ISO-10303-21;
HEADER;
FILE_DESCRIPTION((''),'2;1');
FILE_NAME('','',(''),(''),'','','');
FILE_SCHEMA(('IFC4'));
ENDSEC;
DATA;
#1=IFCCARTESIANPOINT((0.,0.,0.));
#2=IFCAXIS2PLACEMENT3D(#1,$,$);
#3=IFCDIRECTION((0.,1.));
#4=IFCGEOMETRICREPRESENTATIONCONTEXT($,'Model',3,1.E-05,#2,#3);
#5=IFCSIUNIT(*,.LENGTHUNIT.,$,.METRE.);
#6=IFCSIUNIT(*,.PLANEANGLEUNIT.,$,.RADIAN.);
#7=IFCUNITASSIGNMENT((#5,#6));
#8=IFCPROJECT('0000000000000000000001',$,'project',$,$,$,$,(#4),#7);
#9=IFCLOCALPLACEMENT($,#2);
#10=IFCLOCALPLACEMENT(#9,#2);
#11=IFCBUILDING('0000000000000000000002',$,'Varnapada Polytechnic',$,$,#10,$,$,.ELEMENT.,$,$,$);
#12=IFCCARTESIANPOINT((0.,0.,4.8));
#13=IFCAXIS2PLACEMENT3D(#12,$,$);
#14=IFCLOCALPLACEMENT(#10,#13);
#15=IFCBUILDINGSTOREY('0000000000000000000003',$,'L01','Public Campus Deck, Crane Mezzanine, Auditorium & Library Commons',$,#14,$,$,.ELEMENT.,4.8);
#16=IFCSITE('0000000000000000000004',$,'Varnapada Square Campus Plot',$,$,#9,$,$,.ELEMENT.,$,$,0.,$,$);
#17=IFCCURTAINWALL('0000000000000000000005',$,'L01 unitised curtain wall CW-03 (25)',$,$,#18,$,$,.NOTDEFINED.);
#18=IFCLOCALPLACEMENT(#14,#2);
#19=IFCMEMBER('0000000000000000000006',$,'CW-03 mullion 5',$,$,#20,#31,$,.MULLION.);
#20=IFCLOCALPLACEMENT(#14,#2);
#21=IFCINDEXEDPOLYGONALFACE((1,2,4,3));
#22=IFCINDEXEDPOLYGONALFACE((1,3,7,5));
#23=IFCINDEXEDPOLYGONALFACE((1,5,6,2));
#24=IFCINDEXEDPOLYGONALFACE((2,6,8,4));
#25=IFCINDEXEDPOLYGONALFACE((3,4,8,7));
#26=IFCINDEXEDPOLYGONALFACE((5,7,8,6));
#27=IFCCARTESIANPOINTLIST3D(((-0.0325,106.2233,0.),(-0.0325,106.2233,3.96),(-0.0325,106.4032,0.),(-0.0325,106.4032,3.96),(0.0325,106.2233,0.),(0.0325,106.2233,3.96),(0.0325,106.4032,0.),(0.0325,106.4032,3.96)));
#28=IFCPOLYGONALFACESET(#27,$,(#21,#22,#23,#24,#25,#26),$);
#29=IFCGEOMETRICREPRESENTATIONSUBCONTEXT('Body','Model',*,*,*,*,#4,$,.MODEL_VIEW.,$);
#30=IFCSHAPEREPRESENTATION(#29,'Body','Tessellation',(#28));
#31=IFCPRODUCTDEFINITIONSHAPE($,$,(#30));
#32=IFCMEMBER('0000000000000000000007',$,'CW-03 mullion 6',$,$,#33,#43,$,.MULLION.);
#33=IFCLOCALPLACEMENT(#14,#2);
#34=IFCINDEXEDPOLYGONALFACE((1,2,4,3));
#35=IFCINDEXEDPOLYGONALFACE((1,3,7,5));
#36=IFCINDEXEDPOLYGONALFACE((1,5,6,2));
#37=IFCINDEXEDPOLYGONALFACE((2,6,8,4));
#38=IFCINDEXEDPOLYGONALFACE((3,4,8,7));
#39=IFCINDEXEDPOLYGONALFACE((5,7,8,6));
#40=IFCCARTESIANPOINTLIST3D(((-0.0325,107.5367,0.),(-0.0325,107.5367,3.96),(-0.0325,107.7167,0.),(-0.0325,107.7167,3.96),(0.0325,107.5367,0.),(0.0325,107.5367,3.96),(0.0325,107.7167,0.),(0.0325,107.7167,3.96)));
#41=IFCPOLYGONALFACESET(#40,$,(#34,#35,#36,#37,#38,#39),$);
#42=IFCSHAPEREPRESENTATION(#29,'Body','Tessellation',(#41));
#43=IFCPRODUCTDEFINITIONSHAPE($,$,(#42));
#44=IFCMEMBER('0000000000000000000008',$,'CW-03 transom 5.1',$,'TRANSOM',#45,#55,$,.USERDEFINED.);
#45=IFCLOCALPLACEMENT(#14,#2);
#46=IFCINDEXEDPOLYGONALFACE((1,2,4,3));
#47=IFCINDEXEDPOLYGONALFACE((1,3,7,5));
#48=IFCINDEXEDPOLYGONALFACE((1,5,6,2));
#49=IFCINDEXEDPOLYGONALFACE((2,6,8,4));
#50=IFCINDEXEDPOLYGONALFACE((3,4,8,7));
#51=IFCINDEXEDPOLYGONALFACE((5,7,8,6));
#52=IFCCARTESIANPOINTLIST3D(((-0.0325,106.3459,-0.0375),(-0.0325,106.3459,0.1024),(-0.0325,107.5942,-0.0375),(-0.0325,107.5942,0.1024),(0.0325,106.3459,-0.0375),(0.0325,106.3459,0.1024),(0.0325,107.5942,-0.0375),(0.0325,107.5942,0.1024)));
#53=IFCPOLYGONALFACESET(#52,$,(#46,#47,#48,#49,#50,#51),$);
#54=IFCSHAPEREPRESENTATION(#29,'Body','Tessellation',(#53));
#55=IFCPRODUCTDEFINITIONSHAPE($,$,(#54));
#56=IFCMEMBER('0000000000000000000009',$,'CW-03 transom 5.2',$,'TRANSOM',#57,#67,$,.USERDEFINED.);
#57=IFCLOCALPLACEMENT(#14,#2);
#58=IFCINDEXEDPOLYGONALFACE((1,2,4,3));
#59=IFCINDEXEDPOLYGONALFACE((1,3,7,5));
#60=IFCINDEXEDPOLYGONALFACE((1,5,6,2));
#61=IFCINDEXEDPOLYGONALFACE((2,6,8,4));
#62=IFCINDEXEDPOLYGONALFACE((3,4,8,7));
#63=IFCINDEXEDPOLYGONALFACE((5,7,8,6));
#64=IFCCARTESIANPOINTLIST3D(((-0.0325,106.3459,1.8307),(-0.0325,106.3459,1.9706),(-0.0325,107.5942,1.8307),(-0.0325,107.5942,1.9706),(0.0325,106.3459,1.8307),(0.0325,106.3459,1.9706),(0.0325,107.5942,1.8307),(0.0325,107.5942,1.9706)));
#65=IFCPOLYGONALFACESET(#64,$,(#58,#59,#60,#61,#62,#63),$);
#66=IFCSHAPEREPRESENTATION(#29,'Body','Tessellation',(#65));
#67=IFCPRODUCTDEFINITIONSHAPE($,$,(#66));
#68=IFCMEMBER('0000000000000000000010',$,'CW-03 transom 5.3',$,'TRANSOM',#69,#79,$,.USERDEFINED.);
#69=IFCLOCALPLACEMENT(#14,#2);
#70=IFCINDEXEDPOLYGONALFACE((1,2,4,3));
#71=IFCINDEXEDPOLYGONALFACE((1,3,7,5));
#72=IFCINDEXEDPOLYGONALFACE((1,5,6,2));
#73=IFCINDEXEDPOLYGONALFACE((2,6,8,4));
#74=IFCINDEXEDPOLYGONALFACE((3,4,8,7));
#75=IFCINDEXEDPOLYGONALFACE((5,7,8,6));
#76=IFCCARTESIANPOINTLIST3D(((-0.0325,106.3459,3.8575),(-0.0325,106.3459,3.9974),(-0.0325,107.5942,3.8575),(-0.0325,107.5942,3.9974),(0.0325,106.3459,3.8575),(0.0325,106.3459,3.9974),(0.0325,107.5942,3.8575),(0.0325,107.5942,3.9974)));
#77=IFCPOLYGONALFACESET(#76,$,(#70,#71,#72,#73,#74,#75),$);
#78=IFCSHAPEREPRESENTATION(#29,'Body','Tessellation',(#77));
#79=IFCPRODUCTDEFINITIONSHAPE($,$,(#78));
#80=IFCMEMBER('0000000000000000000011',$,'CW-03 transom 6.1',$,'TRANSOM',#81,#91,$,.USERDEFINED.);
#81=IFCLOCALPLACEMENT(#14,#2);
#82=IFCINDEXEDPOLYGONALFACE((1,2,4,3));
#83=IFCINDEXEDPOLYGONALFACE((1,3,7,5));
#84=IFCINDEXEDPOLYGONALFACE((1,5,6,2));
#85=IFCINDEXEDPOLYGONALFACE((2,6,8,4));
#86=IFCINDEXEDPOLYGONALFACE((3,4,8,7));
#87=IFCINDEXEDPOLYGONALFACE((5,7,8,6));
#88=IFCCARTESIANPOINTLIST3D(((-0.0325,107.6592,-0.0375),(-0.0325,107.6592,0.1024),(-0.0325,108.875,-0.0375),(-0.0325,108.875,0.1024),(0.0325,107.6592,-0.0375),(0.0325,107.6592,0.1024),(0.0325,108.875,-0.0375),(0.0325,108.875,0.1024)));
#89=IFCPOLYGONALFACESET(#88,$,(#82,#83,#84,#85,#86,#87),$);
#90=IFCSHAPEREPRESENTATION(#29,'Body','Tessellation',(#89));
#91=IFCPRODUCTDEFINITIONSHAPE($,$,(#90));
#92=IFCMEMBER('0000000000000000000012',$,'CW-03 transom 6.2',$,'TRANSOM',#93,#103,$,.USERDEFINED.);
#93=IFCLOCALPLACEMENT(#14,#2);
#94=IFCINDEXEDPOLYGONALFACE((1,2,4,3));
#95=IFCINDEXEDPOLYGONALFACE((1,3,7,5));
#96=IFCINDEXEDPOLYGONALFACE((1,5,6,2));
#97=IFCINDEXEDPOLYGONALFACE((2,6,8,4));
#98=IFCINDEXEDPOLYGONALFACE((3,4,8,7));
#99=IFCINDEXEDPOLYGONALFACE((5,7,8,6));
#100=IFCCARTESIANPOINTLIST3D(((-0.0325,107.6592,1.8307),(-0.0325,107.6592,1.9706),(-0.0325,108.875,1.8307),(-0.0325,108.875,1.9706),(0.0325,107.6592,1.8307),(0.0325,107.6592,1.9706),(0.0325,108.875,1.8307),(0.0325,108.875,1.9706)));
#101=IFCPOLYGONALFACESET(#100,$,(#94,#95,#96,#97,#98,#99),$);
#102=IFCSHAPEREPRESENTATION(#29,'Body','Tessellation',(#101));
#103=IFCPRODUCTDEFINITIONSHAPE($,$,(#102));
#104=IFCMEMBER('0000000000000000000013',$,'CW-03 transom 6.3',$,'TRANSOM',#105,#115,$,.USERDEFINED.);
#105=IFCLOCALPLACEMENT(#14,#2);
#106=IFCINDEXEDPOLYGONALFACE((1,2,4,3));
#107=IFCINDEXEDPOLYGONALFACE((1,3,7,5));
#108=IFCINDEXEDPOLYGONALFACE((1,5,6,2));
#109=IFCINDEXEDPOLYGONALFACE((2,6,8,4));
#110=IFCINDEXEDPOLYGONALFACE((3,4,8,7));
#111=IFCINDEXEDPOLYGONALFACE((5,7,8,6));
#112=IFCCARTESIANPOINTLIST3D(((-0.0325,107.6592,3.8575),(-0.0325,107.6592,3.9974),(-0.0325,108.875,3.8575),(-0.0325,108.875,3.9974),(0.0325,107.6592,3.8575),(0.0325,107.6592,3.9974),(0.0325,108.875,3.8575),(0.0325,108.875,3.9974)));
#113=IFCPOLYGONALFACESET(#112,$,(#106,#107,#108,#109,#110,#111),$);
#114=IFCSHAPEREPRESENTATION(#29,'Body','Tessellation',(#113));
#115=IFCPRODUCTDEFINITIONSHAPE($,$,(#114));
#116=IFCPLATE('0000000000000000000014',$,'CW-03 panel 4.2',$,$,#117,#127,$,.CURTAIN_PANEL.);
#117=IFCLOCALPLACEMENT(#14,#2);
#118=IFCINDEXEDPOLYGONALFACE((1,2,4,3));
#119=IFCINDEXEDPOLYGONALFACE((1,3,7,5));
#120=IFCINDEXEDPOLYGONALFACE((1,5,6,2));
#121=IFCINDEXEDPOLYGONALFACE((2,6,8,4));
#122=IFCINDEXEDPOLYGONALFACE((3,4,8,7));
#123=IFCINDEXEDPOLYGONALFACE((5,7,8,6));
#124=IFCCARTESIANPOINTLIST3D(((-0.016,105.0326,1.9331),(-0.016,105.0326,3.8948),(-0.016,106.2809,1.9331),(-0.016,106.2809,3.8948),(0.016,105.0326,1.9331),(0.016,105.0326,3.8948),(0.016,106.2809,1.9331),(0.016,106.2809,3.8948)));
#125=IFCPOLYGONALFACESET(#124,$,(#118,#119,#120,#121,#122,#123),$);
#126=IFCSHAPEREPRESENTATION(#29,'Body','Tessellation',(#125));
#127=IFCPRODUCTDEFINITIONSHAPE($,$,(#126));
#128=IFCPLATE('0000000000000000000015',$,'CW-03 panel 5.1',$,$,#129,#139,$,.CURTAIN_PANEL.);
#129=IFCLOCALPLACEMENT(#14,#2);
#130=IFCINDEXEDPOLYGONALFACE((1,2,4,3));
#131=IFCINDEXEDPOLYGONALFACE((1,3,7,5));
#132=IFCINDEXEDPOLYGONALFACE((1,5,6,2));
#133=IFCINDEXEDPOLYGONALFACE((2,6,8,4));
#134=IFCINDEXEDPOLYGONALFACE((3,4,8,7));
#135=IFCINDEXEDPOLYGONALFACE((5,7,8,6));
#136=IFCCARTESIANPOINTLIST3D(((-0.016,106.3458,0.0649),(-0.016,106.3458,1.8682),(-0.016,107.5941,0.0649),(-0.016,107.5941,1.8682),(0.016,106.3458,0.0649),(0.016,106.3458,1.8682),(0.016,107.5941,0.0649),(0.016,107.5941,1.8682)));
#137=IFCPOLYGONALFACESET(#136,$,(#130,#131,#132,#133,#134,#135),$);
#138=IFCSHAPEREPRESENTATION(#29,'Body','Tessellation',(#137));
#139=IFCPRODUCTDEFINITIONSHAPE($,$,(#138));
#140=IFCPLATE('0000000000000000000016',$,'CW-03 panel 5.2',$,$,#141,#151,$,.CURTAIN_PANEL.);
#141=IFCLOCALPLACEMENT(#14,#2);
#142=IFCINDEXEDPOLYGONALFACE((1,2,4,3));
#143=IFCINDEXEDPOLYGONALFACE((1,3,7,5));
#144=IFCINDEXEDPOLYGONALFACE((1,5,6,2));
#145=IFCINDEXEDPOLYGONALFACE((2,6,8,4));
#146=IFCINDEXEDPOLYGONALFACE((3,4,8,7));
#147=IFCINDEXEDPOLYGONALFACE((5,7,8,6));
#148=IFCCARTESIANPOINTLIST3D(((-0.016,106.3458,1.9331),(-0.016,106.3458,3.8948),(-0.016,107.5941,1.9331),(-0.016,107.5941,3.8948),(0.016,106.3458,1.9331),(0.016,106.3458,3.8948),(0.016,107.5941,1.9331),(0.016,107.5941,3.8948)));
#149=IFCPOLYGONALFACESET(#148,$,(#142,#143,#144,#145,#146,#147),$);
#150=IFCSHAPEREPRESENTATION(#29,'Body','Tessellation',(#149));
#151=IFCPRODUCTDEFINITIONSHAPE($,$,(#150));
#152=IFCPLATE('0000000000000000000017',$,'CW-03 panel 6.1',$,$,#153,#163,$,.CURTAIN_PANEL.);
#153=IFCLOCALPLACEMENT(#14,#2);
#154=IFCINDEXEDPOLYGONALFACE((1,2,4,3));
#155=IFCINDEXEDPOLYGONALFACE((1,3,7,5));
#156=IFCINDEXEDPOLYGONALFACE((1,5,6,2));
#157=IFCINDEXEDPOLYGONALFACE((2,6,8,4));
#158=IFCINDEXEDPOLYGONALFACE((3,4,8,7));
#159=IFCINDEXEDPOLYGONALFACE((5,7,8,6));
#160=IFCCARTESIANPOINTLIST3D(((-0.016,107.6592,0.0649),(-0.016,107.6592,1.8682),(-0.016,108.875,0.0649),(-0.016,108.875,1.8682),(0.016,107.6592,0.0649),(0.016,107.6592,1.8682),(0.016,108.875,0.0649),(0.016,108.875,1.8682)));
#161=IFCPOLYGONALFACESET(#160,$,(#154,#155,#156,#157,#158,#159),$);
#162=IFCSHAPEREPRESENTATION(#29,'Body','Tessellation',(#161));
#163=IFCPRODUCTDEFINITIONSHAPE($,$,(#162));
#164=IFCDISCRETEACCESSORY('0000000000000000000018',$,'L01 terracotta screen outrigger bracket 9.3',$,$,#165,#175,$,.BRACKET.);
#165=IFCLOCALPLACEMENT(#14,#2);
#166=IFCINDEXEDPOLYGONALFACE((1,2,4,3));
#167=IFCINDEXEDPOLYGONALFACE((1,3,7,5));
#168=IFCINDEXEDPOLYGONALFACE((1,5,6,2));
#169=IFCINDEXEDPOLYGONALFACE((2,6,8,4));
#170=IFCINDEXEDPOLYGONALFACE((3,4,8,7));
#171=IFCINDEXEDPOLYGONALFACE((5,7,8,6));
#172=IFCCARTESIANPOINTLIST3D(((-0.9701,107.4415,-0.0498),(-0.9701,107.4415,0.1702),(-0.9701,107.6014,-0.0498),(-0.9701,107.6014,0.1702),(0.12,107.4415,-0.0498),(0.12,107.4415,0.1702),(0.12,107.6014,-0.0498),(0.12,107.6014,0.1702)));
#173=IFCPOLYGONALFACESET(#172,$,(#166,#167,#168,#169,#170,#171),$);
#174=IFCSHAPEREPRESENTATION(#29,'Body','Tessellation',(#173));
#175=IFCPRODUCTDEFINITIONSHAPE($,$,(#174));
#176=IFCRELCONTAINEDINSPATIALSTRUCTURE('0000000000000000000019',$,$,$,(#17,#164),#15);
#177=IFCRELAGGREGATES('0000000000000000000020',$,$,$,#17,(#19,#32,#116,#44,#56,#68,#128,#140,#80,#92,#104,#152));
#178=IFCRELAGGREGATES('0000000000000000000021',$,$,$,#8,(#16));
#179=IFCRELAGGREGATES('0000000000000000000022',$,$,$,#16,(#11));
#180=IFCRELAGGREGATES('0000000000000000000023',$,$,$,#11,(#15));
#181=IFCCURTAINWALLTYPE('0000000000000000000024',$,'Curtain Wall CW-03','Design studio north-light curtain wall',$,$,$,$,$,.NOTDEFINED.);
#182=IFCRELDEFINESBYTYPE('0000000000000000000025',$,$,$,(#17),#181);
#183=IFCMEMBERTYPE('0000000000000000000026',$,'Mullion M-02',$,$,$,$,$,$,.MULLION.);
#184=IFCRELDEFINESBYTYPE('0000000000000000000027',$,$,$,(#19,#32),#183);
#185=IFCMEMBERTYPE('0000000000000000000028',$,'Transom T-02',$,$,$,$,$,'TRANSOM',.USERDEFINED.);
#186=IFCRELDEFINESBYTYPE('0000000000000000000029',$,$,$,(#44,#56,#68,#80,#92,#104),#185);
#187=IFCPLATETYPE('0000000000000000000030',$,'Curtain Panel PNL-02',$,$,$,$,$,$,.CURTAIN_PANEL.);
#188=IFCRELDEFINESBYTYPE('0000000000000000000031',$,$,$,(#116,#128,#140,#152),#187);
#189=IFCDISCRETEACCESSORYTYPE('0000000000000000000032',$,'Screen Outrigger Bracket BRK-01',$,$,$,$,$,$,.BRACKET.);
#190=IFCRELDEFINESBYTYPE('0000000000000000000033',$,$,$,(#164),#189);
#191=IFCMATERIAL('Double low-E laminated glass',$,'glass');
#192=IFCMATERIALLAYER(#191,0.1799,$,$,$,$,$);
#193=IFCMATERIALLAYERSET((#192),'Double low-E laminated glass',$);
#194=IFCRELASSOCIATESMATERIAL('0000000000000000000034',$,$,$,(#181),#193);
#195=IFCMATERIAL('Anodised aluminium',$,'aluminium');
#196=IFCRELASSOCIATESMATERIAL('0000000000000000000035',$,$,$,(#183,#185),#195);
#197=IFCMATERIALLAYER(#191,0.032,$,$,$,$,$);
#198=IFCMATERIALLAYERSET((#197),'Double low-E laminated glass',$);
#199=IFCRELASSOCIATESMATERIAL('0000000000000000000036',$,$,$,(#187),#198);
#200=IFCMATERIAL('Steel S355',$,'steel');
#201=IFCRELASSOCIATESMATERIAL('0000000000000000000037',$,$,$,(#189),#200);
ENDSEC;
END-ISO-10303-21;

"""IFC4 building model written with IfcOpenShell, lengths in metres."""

from ifc_helpers import new_model, si_unit, direction, frame, origin, origin_2d, place, context, subcontext, project, spatial, rectangle, extrude, material, layer, layer_set, material_profile, profile_set, type_object, element, aggregate, save


model = new_model("IFC4")

# Units and contexts
model_context = context("Model", 3, precision=1e-05, world=origin(), true_north=direction((0.0, 1.0)))
body_context = subcontext(model_context, "Body", "Model", "MODEL_VIEW")
ifc_project = project(units=[si_unit("LENGTHUNIT", "METRE"), si_unit("PLANEANGLEUNIT", "RADIAN")], contexts=[model_context])

# Site, building, storey
site_placement = place(None, origin())
site = spatial("IfcSite", under=ifc_project, at=site_placement, Name="Varnapada Square Campus Plot", CompositionType="ELEMENT", RefElevation=0.0)
building_placement = place(site_placement, origin())
building = spatial("IfcBuilding", under=site, at=building_placement, Name="Varnapada Polytechnic", CompositionType="ELEMENT")
storey_placement = place(building_placement, frame((0.0, 0.0, 4.8)))
storey = spatial("IfcBuildingStorey", under=building, at=storey_placement, Name="L01", Description="Public Campus Deck, Crane Mezzanine, Auditorium & Library Commons", CompositionType="ELEMENT", Elevation=4.8)

# Curtain wall, members, plates
ifc_material_1 = material(Name="Double low-E laminated glass", Category="glass")
ifc_layer_1 = layer(ifc_material_1, 0.1799)
ifc_layer_set_1 = layer_set([ifc_layer_1], Name="Double low-E laminated glass")
curtain_wall_type = type_object("IfcCurtainWallType", Name="Curtain Wall CW-03", Description="Design studio north-light curtain wall", PredefinedType="NOTDEFINED", material=ifc_layer_set_1)
curtain_wall_placement = place(storey_placement, origin())
curtain_wall = element("IfcCurtainWall", 1, at=curtain_wall_placement, inside=storey, type_object=curtain_wall_type, Name="L01 unitised curtain wall CW-03 (25)", PredefinedType="NOTDEFINED")
ifc_material_2 = material(Name="Anodised aluminium", Category="aluminium")
ifc_material_profile_1 = material_profile(ifc_material_2, rectangle(XDim=0.0649, YDim=0.1799, at=origin_2d()), Name="ALU M65x180")
ifc_profile_set_1 = profile_set([ifc_material_profile_1], Name="Anodised aluminium")
member_type_1 = type_object("IfcMemberType", Name="Mullion M-02", PredefinedType="MULLION", material=ifc_profile_set_1)
member_1_placement = place(storey_placement, frame((0.0, 106.3132, 0.0), z_axis=(0.0, 0.0, 1.0), x_axis=(-1.0, 0.0, 0.0)))
member_1 = element("IfcMember", 2, at=member_1_placement, type_object=member_type_1, Name="CW-03 mullion 5", PredefinedType="MULLION", context=body_context, shape_type="SweptSolid", body=[
    extrude(rectangle(XDim=0.0649, YDim=0.1799, at=origin_2d()), origin(), (0.0, 0.0, 1.0), 3.96),
])
member_2_placement = place(storey_placement, frame((0.0, 107.6267, 0.0), z_axis=(0.0, 0.0, 1.0), x_axis=(-1.0, 0.0, 0.0)))
member_2 = element("IfcMember", 3, at=member_2_placement, type_object=member_type_1, Name="CW-03 mullion 6", PredefinedType="MULLION", context=body_context, shape_type="SweptSolid", body=[
    extrude(rectangle(XDim=0.0649, YDim=0.1799, at=origin_2d()), origin(), (0.0, 0.0, 1.0), 3.96),
])
ifc_material_profile_2 = material_profile(ifc_material_2, rectangle(XDim=0.0649, YDim=0.1399, at=origin_2d()), Name="ALU T65x140")
ifc_profile_set_2 = profile_set([ifc_material_profile_2], Name="Anodised aluminium")
member_type_2 = type_object("IfcMemberType", Name="Transom T-02", ElementType="TRANSOM", PredefinedType="USERDEFINED", material=ifc_profile_set_2)
member_3_placement = place(storey_placement, frame((0.0, 106.3459, 0.0325), z_axis=(0.0, 1.0, 0.0), x_axis=(-1.0, 0.0, 0.0)))
member_3 = element("IfcMember", 4, at=member_3_placement, type_object=member_type_2, Name="CW-03 transom 5.1", ObjectType="TRANSOM", PredefinedType="USERDEFINED", context=body_context, shape_type="SweptSolid", body=[
    extrude(rectangle(XDim=0.0649, YDim=0.1399, at=origin_2d()), origin(), (0.0, 0.0, 1.0), 1.2483),
])
member_4_placement = place(storey_placement, frame((0.0, 106.3459, 1.9006), z_axis=(0.0, 1.0, 0.0), x_axis=(-1.0, 0.0, 0.0)))
member_4 = element("IfcMember", 5, at=member_4_placement, type_object=member_type_2, Name="CW-03 transom 5.2", ObjectType="TRANSOM", PredefinedType="USERDEFINED", context=body_context, shape_type="SweptSolid", body=[
    extrude(rectangle(XDim=0.0649, YDim=0.1399, at=origin_2d()), origin(), (0.0, 0.0, 1.0), 1.2483),
])
member_5_placement = place(storey_placement, frame((0.0, 106.3459, 3.9275), z_axis=(0.0, 1.0, 0.0), x_axis=(-1.0, 0.0, 0.0)))
member_5 = element("IfcMember", 6, at=member_5_placement, type_object=member_type_2, Name="CW-03 transom 5.3", ObjectType="TRANSOM", PredefinedType="USERDEFINED", context=body_context, shape_type="SweptSolid", body=[
    extrude(rectangle(XDim=0.0649, YDim=0.1399, at=origin_2d()), origin(), (0.0, 0.0, 1.0), 1.2483),
])
member_6_placement = place(storey_placement, frame((0.0, 107.6592, 0.0325), z_axis=(0.0, 1.0, 0.0), x_axis=(-1.0, 0.0, 0.0)))
member_6 = element("IfcMember", 7, at=member_6_placement, type_object=member_type_2, Name="CW-03 transom 6.1", ObjectType="TRANSOM", PredefinedType="USERDEFINED", context=body_context, shape_type="SweptSolid", body=[
    extrude(rectangle(XDim=0.0649, YDim=0.1399, at=origin_2d()), origin(), (0.0, 0.0, 1.0), 1.2158),
])
member_7_placement = place(storey_placement, frame((0.0, 107.6592, 1.9006), z_axis=(0.0, 1.0, 0.0), x_axis=(-1.0, 0.0, 0.0)))
member_7 = element("IfcMember", 8, at=member_7_placement, type_object=member_type_2, Name="CW-03 transom 6.2", ObjectType="TRANSOM", PredefinedType="USERDEFINED", context=body_context, shape_type="SweptSolid", body=[
    extrude(rectangle(XDim=0.0649, YDim=0.1399, at=origin_2d()), origin(), (0.0, 0.0, 1.0), 1.2158),
])
member_8_placement = place(storey_placement, frame((0.0, 107.6592, 3.9275), z_axis=(0.0, 1.0, 0.0), x_axis=(-1.0, 0.0, 0.0)))
member_8 = element("IfcMember", 9, at=member_8_placement, type_object=member_type_2, Name="CW-03 transom 6.3", ObjectType="TRANSOM", PredefinedType="USERDEFINED", context=body_context, shape_type="SweptSolid", body=[
    extrude(rectangle(XDim=0.0649, YDim=0.1399, at=origin_2d()), origin(), (0.0, 0.0, 1.0), 1.2158),
])
ifc_layer_2 = layer(ifc_material_1, 0.032)
ifc_layer_set_2 = layer_set([ifc_layer_2], Name="Double low-E laminated glass")
plate_type = type_object("IfcPlateType", Name="Curtain Panel PNL-02", PredefinedType="CURTAIN_PANEL", material=ifc_layer_set_2)
plate_1_placement = place(storey_placement, frame((0.0, 105.6567, 1.9331), z_axis=(0.0, 0.0, 1.0), x_axis=(0.0, 1.0, 0.0)))
plate_1 = element("IfcPlate", 10, at=plate_1_placement, type_object=plate_type, Name="CW-03 panel 4.2", PredefinedType="CURTAIN_PANEL", context=body_context, shape_type="SweptSolid", body=[
    extrude(rectangle(XDim=1.2483, YDim=0.032, at=origin_2d()), origin(), (0.0, 0.0, 1.0), 1.9617),
])
plate_2_placement = place(storey_placement, frame((0.0, 106.97, 0.0649), z_axis=(0.0, 0.0, 1.0), x_axis=(0.0, 1.0, 0.0)))
plate_2 = element("IfcPlate", 11, at=plate_2_placement, type_object=plate_type, Name="CW-03 panel 5.1", PredefinedType="CURTAIN_PANEL", context=body_context, shape_type="SweptSolid", body=[
    extrude(rectangle(XDim=1.2483, YDim=0.032, at=origin_2d()), origin(), (0.0, 0.0, 1.0), 1.8032),
])
plate_3_placement = place(storey_placement, frame((0.0, 106.97, 1.9331), z_axis=(0.0, 0.0, 1.0), x_axis=(0.0, 1.0, 0.0)))
plate_3 = element("IfcPlate", 12, at=plate_3_placement, type_object=plate_type, Name="CW-03 panel 5.2", PredefinedType="CURTAIN_PANEL", context=body_context, shape_type="SweptSolid", body=[
    extrude(rectangle(XDim=1.2483, YDim=0.032, at=origin_2d()), origin(), (0.0, 0.0, 1.0), 1.9617),
])
plate_4_placement = place(storey_placement, frame((0.0, 108.2671, 0.0649), z_axis=(0.0, 0.0, 1.0), x_axis=(0.0, 1.0, 0.0)))
plate_4 = element("IfcPlate", 13, at=plate_4_placement, type_object=plate_type, Name="CW-03 panel 6.1", PredefinedType="CURTAIN_PANEL", context=body_context, shape_type="SweptSolid", body=[
    extrude(rectangle(XDim=1.2158, YDim=0.032, at=origin_2d()), origin(), (0.0, 0.0, 1.0), 1.8032),
])
aggregate(curtain_wall, [member_1, member_2, plate_1, member_3, member_4, member_5, plate_2, plate_3, member_6, member_7, member_8, plate_4])

# Discrete accessory
ifc_material_3 = material(Name="Steel S355", Category="steel")
discrete_accessory_type = type_object("IfcDiscreteAccessoryType", Name="Screen Outrigger Bracket BRK-01", PredefinedType="BRACKET", material=ifc_material_3)
discrete_accessory_placement = place(storey_placement, frame((-0.425, 107.5215, -0.0498), z_axis=(0.0, 0.0, 1.0), x_axis=(0.0, 1.0, 0.0)))
element("IfcDiscreteAccessory", 14, at=discrete_accessory_placement, inside=storey, type_object=discrete_accessory_type, Name="L01 terracotta screen outrigger bracket 9.3", PredefinedType="BRACKET", context=body_context, shape_type="SweptSolid", body=[
    extrude(rectangle(XDim=0.1599, YDim=1.0901, at=origin_2d()), origin(), (0.0, 0.0, 1.0), 0.22),
])

save(model, "model.ifc")
